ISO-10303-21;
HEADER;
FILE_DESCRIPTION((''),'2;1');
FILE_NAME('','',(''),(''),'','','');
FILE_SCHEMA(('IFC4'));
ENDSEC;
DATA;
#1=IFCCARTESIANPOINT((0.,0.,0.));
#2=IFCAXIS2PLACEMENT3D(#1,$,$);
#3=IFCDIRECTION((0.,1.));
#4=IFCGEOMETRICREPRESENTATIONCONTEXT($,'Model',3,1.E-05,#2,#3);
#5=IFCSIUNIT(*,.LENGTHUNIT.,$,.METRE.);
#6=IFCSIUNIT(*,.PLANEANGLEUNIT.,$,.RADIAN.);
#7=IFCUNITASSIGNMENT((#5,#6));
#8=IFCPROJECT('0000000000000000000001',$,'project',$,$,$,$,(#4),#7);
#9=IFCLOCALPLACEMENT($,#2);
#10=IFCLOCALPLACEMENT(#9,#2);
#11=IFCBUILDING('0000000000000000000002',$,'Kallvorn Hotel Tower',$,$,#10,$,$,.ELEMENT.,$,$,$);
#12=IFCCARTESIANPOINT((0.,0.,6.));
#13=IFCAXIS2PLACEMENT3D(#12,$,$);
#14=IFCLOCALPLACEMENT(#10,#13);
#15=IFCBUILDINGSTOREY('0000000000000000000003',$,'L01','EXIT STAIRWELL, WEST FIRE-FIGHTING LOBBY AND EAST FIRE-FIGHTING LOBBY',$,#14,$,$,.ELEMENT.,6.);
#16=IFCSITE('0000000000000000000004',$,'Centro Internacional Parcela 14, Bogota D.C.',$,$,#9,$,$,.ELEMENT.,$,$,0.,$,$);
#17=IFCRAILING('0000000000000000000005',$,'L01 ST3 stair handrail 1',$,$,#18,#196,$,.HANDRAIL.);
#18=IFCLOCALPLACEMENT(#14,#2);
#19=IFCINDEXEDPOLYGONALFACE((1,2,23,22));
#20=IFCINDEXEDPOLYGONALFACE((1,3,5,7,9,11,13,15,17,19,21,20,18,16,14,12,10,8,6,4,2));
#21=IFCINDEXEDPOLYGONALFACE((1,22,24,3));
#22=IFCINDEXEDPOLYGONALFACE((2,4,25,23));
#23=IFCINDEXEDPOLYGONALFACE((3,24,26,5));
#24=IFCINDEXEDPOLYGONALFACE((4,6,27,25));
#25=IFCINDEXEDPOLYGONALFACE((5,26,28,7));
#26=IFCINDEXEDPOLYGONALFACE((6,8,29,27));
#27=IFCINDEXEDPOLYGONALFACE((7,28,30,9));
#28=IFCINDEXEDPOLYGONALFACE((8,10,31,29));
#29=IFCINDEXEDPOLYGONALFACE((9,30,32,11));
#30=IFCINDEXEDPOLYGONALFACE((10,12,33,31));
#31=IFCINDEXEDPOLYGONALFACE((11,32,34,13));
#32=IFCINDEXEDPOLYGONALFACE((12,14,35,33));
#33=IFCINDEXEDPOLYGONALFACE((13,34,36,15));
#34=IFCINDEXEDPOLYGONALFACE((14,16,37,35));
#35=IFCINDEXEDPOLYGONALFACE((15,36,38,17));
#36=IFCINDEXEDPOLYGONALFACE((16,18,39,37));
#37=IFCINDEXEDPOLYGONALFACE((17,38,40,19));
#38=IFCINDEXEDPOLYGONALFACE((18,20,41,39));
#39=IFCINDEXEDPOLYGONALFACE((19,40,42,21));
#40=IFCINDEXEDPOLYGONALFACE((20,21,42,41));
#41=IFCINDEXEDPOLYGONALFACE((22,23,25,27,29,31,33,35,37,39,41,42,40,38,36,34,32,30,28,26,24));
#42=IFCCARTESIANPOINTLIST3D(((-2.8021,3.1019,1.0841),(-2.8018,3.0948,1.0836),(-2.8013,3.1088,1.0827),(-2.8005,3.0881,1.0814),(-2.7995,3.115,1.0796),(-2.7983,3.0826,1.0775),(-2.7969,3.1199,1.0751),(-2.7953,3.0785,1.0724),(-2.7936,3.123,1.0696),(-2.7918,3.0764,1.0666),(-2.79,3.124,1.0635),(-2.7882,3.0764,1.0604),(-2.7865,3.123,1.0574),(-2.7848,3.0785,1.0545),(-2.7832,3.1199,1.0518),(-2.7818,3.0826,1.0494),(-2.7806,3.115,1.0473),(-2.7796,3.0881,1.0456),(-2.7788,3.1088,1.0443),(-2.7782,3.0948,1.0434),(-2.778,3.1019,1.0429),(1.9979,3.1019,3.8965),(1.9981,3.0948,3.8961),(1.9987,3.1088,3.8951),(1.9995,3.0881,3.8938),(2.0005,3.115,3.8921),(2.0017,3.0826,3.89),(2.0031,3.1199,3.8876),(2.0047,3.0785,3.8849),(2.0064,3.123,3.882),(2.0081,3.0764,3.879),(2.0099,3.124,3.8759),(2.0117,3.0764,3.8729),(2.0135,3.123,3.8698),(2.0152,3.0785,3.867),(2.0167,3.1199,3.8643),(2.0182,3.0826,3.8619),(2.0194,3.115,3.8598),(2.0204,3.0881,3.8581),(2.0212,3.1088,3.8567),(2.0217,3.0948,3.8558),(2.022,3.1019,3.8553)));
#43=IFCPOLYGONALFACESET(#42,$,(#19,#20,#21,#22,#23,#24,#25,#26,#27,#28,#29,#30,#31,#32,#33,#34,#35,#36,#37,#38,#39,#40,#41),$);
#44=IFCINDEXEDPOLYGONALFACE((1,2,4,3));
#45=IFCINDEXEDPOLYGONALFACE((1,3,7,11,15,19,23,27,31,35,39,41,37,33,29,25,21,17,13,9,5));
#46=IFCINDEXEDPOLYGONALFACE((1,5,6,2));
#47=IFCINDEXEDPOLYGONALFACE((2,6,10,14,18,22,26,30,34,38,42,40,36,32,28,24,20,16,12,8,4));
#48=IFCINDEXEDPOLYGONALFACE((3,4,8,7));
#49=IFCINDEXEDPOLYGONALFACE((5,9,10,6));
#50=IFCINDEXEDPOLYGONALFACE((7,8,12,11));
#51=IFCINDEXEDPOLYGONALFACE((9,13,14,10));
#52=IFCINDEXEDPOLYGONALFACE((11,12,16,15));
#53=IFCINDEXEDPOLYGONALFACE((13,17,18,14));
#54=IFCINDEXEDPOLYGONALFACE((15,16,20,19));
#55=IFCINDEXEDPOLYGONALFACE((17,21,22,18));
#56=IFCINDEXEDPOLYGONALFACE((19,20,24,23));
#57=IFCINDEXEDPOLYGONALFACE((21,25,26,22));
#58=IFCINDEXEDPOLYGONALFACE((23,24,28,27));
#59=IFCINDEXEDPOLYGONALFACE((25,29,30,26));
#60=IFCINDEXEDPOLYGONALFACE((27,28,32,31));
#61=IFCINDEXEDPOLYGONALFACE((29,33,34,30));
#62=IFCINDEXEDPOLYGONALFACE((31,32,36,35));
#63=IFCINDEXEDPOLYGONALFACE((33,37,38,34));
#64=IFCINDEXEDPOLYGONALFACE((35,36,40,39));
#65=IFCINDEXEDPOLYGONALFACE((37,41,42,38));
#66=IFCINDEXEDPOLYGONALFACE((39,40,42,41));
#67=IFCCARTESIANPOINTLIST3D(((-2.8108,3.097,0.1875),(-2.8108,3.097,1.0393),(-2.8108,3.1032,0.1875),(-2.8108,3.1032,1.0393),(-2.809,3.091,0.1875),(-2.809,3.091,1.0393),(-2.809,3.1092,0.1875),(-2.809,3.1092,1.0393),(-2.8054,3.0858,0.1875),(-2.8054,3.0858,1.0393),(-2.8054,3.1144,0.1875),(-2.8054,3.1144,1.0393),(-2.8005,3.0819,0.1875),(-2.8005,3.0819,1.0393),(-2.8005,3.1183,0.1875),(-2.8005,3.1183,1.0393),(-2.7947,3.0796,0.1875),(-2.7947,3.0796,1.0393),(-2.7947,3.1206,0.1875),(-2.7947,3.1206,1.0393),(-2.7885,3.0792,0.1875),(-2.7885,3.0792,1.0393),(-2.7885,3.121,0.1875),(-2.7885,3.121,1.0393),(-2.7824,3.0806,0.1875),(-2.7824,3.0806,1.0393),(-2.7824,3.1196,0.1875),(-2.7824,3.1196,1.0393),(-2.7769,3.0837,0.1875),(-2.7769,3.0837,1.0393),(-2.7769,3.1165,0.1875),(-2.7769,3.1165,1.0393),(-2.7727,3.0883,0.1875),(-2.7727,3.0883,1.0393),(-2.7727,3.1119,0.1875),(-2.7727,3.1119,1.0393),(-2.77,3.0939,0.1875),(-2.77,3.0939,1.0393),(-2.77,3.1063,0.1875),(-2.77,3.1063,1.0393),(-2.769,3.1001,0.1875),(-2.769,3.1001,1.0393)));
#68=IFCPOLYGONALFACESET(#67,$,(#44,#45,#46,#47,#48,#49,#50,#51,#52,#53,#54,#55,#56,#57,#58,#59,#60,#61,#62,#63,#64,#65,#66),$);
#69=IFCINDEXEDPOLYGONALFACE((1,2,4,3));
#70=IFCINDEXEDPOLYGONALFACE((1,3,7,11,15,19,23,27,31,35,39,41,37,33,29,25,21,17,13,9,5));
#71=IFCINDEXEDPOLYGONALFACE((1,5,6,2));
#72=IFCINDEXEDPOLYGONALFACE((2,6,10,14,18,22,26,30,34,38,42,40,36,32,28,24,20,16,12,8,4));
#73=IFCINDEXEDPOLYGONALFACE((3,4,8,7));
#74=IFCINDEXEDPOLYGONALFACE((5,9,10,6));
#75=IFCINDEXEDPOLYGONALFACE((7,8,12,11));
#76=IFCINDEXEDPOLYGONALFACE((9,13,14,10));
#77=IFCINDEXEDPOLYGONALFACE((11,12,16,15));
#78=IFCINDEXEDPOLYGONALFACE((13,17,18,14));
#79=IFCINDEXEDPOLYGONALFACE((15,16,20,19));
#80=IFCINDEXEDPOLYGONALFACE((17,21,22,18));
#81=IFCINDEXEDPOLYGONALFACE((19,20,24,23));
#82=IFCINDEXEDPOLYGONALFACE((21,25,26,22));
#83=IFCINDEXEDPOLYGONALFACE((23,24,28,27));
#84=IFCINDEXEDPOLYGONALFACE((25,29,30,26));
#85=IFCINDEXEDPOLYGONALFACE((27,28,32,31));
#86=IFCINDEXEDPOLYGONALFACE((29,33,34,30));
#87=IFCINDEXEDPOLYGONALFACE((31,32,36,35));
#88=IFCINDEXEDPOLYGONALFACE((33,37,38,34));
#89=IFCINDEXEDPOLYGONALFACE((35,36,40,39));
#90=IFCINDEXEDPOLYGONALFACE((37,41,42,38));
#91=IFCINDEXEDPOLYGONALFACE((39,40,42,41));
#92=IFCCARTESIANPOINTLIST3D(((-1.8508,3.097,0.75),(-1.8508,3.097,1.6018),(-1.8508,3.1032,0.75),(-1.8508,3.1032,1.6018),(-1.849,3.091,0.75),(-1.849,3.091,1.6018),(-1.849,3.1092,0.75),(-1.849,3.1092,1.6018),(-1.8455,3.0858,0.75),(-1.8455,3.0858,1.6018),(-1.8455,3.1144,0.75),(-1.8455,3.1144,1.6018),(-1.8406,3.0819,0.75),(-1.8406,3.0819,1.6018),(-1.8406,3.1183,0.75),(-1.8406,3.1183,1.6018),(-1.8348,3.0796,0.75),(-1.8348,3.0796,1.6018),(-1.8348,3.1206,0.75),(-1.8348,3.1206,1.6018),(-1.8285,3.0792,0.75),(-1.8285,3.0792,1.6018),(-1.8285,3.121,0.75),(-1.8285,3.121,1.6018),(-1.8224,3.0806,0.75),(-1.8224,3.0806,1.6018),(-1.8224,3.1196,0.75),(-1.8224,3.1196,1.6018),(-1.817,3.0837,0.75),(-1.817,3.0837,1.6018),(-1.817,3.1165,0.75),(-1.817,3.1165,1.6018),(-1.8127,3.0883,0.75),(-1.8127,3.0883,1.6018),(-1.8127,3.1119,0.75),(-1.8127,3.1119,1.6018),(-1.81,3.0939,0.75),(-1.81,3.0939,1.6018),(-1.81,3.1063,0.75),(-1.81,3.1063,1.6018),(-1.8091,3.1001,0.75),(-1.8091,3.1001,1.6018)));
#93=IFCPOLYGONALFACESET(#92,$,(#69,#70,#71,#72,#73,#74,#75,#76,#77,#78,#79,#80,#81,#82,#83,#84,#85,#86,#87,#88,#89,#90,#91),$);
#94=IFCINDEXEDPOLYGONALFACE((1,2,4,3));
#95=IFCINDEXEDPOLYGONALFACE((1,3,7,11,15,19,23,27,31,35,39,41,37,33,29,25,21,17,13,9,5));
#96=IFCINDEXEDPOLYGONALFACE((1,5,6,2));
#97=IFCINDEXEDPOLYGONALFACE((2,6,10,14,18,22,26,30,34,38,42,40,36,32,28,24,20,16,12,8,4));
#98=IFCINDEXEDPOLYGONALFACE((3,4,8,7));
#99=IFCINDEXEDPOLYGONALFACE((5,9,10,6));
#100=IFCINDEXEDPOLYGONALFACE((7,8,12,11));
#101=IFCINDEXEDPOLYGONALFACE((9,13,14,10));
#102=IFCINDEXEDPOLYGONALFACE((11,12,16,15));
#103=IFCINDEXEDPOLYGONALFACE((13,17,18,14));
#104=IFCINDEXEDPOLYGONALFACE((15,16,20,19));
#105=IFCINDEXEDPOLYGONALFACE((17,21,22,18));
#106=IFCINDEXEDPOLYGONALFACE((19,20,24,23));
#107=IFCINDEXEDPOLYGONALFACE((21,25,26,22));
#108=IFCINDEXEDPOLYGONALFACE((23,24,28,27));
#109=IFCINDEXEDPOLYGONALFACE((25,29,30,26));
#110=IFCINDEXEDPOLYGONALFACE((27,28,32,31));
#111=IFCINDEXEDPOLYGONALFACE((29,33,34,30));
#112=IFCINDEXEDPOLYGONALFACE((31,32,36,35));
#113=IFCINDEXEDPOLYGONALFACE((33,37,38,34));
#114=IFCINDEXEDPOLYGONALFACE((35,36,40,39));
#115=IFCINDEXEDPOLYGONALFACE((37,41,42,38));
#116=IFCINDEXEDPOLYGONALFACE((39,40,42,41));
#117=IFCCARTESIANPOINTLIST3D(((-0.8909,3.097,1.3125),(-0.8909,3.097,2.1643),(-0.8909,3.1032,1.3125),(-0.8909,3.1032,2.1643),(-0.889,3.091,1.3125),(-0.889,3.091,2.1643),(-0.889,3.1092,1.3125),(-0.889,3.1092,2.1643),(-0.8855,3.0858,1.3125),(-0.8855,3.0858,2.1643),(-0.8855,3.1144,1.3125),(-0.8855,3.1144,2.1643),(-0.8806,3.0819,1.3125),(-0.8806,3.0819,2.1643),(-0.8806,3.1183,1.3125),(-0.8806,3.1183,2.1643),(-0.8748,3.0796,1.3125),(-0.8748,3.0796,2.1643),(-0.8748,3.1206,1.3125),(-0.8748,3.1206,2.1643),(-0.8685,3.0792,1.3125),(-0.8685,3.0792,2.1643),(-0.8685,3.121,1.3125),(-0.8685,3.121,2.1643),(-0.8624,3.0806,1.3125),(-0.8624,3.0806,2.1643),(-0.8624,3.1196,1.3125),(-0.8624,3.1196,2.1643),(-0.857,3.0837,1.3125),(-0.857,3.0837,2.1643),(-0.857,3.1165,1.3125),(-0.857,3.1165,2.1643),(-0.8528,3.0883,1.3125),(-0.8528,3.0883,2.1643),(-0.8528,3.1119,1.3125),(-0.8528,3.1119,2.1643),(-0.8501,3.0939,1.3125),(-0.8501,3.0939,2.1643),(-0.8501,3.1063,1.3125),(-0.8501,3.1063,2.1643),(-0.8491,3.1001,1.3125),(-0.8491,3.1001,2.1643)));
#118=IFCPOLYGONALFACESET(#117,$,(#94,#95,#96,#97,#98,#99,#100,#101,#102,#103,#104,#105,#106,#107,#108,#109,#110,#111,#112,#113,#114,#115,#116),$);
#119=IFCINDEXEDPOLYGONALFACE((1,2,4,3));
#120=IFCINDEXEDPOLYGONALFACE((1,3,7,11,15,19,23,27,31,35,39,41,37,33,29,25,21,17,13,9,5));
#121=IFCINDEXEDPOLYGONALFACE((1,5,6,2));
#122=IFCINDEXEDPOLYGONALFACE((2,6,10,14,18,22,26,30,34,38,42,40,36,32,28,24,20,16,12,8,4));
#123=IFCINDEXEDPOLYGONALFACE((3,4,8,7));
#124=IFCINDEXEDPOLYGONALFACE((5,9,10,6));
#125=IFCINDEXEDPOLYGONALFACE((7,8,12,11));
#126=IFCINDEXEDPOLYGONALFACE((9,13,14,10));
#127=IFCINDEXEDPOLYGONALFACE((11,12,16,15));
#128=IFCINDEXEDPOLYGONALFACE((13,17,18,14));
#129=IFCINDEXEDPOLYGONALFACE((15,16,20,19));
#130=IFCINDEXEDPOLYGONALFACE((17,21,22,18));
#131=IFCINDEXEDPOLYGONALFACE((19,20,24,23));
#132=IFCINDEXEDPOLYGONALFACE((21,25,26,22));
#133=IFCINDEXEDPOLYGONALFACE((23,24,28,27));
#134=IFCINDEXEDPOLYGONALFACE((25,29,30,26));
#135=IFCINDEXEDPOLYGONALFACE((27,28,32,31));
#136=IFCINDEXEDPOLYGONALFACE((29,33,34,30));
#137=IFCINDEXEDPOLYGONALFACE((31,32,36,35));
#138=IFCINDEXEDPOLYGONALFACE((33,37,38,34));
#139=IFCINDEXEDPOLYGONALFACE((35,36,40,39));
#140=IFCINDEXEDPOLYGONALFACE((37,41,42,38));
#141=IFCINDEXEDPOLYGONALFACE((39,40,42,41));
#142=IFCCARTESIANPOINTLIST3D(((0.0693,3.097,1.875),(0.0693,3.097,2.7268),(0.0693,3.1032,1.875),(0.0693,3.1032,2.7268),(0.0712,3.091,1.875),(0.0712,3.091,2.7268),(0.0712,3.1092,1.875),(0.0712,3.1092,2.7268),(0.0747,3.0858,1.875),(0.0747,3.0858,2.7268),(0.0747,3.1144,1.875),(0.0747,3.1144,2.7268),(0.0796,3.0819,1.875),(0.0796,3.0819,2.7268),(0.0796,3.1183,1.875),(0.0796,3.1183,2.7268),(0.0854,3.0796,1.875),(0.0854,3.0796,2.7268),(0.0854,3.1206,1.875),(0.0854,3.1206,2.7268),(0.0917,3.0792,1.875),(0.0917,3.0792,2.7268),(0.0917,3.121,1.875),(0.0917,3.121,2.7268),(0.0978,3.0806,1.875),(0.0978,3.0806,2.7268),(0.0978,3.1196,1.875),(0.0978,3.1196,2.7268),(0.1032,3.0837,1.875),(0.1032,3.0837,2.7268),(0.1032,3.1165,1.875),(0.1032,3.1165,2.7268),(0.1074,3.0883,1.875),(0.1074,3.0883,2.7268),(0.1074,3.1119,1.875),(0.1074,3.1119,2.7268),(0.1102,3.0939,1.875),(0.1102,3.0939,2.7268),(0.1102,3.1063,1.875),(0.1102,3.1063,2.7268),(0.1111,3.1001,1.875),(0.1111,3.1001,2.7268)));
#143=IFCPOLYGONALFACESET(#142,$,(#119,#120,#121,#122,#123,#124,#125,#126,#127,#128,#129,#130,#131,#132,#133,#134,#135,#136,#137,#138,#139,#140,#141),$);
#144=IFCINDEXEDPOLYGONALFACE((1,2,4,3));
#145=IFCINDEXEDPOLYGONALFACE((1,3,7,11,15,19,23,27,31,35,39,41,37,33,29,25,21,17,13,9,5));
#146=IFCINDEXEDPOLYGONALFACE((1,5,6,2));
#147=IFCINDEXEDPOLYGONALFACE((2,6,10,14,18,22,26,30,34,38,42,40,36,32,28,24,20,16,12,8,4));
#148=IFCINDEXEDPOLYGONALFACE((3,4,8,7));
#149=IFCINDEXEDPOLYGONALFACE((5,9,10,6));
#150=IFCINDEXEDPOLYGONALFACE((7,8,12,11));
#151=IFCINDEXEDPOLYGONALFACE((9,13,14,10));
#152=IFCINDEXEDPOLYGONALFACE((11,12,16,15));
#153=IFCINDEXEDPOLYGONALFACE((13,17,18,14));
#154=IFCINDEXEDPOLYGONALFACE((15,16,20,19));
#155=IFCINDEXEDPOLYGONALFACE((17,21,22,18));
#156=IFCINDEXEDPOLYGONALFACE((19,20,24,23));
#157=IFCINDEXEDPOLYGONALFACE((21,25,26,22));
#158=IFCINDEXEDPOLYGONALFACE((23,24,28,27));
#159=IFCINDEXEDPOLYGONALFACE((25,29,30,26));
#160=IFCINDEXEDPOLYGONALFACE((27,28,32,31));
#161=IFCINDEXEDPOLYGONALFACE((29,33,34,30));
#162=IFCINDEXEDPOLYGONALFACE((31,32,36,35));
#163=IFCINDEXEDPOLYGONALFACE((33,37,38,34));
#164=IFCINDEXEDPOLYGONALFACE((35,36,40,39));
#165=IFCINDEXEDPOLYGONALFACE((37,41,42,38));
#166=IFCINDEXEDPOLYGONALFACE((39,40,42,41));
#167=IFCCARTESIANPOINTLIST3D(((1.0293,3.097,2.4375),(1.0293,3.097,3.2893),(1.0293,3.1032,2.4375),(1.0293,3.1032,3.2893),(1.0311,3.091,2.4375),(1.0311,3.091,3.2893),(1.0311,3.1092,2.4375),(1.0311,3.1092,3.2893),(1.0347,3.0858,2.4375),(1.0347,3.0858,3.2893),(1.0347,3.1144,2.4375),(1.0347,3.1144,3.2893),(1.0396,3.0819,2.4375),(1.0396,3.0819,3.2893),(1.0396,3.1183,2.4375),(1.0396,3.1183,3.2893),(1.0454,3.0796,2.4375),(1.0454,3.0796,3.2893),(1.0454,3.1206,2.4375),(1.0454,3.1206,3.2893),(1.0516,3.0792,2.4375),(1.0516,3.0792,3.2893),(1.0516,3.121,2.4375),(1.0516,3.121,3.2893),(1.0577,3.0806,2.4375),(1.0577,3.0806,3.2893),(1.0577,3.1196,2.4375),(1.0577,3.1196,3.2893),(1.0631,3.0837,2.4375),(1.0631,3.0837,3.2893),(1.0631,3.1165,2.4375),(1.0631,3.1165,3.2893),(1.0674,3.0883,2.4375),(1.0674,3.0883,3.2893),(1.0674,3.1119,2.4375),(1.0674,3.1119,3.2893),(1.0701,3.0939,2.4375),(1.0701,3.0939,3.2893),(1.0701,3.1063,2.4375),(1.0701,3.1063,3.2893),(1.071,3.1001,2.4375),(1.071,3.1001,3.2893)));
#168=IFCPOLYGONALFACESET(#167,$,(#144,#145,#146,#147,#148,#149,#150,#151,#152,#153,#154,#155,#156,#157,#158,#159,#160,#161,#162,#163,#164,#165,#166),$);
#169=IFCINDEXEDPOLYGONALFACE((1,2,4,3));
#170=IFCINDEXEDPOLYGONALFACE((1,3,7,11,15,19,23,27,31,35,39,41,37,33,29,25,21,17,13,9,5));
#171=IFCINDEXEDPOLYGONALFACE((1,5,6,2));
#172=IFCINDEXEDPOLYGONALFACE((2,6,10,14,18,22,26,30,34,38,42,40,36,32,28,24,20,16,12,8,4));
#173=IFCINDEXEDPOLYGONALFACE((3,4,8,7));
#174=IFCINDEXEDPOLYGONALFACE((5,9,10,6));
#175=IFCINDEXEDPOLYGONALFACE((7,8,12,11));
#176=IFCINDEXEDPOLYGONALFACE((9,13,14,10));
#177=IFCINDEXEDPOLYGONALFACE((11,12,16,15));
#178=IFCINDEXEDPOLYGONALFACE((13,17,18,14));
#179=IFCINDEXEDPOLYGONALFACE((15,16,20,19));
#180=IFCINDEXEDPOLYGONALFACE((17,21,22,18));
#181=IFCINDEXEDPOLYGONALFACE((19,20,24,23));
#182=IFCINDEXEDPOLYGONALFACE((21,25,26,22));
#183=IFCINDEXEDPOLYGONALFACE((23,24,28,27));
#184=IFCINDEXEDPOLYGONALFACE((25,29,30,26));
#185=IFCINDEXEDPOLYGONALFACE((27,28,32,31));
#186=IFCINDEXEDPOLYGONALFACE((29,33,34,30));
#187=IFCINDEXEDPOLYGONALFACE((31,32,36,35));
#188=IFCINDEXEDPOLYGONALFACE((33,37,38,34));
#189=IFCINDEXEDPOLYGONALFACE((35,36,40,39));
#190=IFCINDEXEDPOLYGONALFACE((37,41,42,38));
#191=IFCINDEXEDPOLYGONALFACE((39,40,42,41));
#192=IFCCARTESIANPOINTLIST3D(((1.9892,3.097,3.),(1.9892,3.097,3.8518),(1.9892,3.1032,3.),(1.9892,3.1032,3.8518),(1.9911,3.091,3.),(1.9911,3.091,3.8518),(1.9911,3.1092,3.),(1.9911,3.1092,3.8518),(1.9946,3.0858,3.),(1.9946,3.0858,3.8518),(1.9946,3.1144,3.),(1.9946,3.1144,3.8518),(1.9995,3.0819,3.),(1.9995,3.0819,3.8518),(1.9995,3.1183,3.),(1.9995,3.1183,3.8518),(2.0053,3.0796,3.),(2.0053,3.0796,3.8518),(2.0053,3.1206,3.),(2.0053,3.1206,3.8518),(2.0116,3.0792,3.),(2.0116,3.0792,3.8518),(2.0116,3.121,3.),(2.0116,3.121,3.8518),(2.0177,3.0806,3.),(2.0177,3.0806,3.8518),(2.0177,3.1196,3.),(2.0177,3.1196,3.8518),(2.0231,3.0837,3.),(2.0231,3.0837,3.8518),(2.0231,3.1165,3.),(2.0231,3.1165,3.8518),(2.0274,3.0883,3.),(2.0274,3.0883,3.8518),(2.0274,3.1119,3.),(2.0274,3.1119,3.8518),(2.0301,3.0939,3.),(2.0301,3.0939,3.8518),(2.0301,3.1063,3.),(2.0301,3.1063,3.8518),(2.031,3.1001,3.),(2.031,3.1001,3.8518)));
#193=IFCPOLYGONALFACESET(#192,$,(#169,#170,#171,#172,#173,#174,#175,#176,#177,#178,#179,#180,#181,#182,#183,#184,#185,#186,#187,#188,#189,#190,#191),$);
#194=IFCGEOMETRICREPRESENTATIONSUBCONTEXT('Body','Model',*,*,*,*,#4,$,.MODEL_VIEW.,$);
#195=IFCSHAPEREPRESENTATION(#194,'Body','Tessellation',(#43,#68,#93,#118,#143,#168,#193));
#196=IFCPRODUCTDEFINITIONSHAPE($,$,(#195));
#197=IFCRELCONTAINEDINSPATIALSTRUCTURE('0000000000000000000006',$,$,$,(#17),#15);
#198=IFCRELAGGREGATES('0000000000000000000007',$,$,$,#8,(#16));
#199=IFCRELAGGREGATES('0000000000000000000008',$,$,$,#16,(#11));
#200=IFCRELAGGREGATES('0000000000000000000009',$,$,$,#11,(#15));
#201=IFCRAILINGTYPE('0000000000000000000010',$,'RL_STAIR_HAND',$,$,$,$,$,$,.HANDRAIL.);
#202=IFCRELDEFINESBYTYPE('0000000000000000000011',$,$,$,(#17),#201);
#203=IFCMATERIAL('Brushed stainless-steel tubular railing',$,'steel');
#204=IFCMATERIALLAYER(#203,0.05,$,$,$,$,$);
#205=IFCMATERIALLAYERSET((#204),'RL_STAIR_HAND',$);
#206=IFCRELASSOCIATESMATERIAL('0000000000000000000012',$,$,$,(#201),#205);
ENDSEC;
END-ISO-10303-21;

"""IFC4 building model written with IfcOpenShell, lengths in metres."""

from ifc_helpers import new_model, si_unit, direction, frame, origin, origin_2d, place, context, subcontext, project, spatial, circle, extrude, material, layer, layer_set, type_object, element, save


model = new_model("IFC4")

# Units and contexts
model_context = context("Model", 3, precision=1e-05, world=origin(), true_north=direction((0.0, 1.0)))
body_context = subcontext(model_context, "Body", "Model", "MODEL_VIEW")
ifc_project = project(units=[si_unit("LENGTHUNIT", "METRE"), si_unit("PLANEANGLEUNIT", "RADIAN")], contexts=[model_context])

# Site, building, storey
site_placement = place(None, origin())
site = spatial("IfcSite", under=ifc_project, at=site_placement, Name="Centro Internacional Parcela 14, Bogota D.C.", CompositionType="ELEMENT", RefElevation=0.0)
building_placement = place(site_placement, origin())
building = spatial("IfcBuilding", under=site, at=building_placement, Name="Kallvorn Hotel Tower", CompositionType="ELEMENT")
storey_placement = place(building_placement, frame((0.0, 0.0, 6.0)))
storey = spatial("IfcBuildingStorey", under=building, at=storey_placement, Name="L01", Description="EXIT STAIRWELL, WEST FIRE-FIGHTING LOBBY AND EAST FIRE-FIGHTING LOBBY", CompositionType="ELEMENT", Elevation=6.0)

# Railing
ifc_material_1 = material(Name="Brushed stainless-steel tubular railing", Category="steel")
ifc_layer_1 = layer(ifc_material_1, 0.05)
ifc_layer_set_1 = layer_set([ifc_layer_1], Name="RL_STAIR_HAND")
railing_type_1 = type_object("IfcRailingType", Name="RL_STAIR_HAND", PredefinedType="HANDRAIL", material=ifc_layer_set_1)
railing_1_placement = place(storey_placement, frame((-2.79, 3.1001, 0.1875)))
element("IfcRailing", 1, at=railing_1_placement, inside=storey, type_object=railing_type_1, Name="L01 ST3 stair handrail 1", PredefinedType="HANDRAIL", context=body_context, shape_type="SweptSolid", body=[
    extrude(circle(Radius=0.0239, at=origin_2d()), frame((0.0, 0.0, 0.876), z_axis=(0.862802, 0.0, 0.505543), x_axis=(0.0, 1.0, 0.0)), (0.0, 0.0, 1.0), 5.5632),
    extrude(circle(Radius=0.021, at=origin_2d()), origin(), (0.0, 0.0, 1.0), 0.8518),
    extrude(circle(Radius=0.021, at=origin_2d()), frame((0.96, 0.0, 0.5625)), (0.0, 0.0, 1.0), 0.8518),
    extrude(circle(Radius=0.021, at=origin_2d()), frame((1.9199, 0.0, 1.125)), (0.0, 0.0, 1.0), 0.8518),
    extrude(circle(Radius=0.021, at=origin_2d()), frame((2.8801, 0.0, 1.6875)), (0.0, 0.0, 1.0), 0.8518),
    extrude(circle(Radius=0.021, at=origin_2d()), frame((3.8401, 0.0, 2.25)), (0.0, 0.0, 1.0), 0.8518),
    extrude(circle(Radius=0.021, at=origin_2d()), frame((4.8, 0.0, 2.8125)), (0.0, 0.0, 1.0), 0.8518),
])

save(model, "model.ifc")
